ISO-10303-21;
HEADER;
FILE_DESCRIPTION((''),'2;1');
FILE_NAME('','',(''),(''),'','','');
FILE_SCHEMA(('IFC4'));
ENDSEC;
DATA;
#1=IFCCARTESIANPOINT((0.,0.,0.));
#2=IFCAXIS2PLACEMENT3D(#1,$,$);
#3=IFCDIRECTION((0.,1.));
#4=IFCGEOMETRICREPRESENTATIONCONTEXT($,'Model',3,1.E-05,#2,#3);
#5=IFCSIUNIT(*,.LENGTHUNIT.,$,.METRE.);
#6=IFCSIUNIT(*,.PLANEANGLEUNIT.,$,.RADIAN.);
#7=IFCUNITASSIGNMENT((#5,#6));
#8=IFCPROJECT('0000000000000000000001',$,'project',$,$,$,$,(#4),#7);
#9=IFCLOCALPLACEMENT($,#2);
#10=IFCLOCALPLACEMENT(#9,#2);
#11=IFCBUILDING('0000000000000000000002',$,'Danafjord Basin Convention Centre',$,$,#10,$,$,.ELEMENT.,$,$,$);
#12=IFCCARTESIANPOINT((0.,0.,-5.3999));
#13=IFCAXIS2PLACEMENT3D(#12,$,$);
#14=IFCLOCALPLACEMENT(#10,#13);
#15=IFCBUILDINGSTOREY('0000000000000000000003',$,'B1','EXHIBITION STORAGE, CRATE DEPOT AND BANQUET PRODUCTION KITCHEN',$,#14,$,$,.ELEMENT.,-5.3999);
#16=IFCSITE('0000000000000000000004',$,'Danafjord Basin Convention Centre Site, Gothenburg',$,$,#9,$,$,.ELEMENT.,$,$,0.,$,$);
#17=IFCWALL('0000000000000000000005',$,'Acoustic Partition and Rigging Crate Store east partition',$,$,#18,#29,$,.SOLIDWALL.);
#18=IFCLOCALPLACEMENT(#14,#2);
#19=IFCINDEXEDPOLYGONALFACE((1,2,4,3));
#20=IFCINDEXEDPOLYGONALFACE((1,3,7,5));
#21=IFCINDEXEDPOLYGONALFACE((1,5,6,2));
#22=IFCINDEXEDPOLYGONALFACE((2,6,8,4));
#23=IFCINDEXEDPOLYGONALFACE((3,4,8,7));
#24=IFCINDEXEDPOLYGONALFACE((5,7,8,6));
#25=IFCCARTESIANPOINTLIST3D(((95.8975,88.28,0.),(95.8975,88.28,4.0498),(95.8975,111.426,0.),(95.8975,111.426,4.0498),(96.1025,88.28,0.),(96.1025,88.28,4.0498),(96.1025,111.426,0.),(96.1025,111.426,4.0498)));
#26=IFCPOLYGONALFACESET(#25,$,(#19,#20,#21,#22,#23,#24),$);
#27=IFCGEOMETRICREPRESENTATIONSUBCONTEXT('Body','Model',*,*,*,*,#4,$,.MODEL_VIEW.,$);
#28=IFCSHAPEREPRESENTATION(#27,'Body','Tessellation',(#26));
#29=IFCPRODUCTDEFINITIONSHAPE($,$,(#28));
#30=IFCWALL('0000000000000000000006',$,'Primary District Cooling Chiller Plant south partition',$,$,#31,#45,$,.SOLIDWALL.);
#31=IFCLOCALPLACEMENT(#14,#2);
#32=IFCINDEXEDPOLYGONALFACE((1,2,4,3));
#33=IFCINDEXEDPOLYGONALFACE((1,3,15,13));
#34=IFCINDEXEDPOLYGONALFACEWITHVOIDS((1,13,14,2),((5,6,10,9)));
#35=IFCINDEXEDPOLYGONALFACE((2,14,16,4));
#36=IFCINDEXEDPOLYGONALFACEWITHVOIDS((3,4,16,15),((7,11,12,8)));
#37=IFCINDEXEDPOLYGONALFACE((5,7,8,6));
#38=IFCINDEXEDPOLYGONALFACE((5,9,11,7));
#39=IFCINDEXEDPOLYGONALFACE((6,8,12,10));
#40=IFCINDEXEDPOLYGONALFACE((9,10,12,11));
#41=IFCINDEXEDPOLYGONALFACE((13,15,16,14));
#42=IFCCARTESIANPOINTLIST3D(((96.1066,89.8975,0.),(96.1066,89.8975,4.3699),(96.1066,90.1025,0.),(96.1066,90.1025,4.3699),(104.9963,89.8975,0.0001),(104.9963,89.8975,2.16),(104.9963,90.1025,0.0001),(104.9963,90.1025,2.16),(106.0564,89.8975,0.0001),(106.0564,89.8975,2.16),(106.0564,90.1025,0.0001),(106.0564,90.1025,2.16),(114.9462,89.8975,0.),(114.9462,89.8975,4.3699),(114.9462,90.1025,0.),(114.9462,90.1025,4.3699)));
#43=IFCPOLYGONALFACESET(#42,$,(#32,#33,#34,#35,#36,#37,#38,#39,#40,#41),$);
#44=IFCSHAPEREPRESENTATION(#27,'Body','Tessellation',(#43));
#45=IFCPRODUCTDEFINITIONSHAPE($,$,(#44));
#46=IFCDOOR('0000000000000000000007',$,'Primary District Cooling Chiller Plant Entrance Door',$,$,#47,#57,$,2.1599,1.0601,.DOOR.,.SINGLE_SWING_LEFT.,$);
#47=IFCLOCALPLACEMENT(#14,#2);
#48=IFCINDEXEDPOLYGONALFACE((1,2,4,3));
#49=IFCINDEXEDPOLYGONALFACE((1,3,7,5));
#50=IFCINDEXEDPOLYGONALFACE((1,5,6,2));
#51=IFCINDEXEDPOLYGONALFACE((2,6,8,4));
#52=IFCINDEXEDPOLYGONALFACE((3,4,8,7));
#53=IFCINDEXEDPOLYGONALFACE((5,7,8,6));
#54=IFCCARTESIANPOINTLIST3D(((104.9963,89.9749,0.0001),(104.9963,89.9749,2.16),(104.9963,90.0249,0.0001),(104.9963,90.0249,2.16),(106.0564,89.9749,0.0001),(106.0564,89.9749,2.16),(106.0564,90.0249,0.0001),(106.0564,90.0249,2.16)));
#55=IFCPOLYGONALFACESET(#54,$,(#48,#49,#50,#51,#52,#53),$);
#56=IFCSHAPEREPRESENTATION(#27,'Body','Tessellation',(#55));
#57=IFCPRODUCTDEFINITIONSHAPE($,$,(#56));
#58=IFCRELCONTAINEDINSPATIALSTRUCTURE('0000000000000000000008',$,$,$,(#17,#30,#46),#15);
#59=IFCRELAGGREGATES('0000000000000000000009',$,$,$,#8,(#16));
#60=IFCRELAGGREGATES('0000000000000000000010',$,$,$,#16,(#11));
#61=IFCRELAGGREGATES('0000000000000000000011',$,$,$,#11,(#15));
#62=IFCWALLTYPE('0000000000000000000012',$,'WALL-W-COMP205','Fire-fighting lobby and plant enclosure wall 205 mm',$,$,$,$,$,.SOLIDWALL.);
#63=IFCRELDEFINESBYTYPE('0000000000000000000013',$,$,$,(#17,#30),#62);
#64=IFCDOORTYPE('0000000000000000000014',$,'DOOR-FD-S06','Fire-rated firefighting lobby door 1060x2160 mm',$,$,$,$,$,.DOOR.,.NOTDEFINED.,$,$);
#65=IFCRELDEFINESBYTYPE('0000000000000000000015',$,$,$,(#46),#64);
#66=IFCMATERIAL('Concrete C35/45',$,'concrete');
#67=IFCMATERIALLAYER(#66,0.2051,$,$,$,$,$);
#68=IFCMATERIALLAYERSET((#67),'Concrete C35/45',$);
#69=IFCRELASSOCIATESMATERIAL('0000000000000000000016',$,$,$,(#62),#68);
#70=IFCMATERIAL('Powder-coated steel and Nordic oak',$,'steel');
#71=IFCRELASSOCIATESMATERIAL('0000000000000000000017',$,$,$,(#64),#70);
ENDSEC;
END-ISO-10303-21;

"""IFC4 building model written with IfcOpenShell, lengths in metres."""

from ifc_helpers import new_model, si_unit, direction, frame, frame_2d, origin, place, context, subcontext, project, spatial, rectangle, extrude, material, layer, layer_set, type_object, element, fill, save


model = new_model("IFC4")

# Units and contexts
model_context = context("Model", 3, precision=1e-05, world=origin(), true_north=direction((0.0, 1.0)))
body_context = subcontext(model_context, "Body", "Model", "MODEL_VIEW")
ifc_project = project(units=[si_unit("LENGTHUNIT", "METRE"), si_unit("PLANEANGLEUNIT", "RADIAN")], contexts=[model_context])

# Site, building, storey
site_placement = place(None, origin())
site = spatial("IfcSite", under=ifc_project, at=site_placement, Name="Danafjord Basin Convention Centre Site, Gothenburg", CompositionType="ELEMENT", RefElevation=0.0)
building_placement = place(site_placement, origin())
building = spatial("IfcBuilding", under=site, at=building_placement, Name="Danafjord Basin Convention Centre", CompositionType="ELEMENT")
storey_placement = place(building_placement, frame((0.0, 0.0, -5.3999)))
storey = spatial("IfcBuildingStorey", under=building, at=storey_placement, Name="B1", Description="EXHIBITION STORAGE, CRATE DEPOT AND BANQUET PRODUCTION KITCHEN", CompositionType="ELEMENT", Elevation=-5.3999)

# Shared definitions
ifc_material_1 = material(Name="Concrete C35/45", Category="concrete")

# Wall
ifc_layer_1 = layer(ifc_material_1, 0.2051)
ifc_layer_set_1 = layer_set([ifc_layer_1], Name="Concrete C35/45")
wall_type = type_object("IfcWallType", Name="WALL-W-COMP205", Description="Fire-fighting lobby and plant enclosure wall 205 mm", PredefinedType="SOLIDWALL", material=ifc_layer_set_1)
wall_1_placement = place(storey_placement, frame((96.0, 88.28, 0.0), z_axis=(0.0, 0.0, 1.0), x_axis=(0.0, 1.0, 0.0)))
element("IfcWall", 1, at=wall_1_placement, inside=storey, type_object=wall_type, Name="Acoustic Partition and Rigging Crate Store east partition", PredefinedType="SOLIDWALL", context=body_context, shape_type="SweptSolid", body=[
    extrude(rectangle(XDim=23.146, YDim=0.2051, at=frame_2d((11.573, 0.0))), origin(), (0.0, 0.0, 1.0), 4.0498),
])

# Wall, opening, door
wall_2_placement = place(storey_placement, frame((96.1064, 90.0, 0.0), z_axis=(0.0, 0.0, 1.0), x_axis=(1.0, 0.0, 0.0)))
wall_2 = element("IfcWall", 2, at=wall_2_placement, inside=storey, type_object=wall_type, Name="Primary District Cooling Chiller Plant south partition", PredefinedType="SOLIDWALL", context=body_context, shape_type="SweptSolid", body=[
    extrude(rectangle(XDim=18.8396, YDim=0.2051, at=frame_2d((9.4199, 0.0))), origin(), (0.0, 0.0, 1.0), 4.3699),
])
opening_placement = place(wall_2_placement, frame((8.8899, 0.0, 0.0)))
opening = element("IfcOpeningElement", 3, at=opening_placement, cuts=wall_2, PredefinedType="OPENING", context=body_context, shape_type="SweptSolid", body=[
    extrude(rectangle(XDim=1.0601, YDim=2.1599, at=frame_2d((0.53, 1.0801))), frame((0.0, 0.1125, 0.0), z_axis=(0.0, -1.0, 0.0), x_axis=(1.0, 0.0, 0.0)), (0.0, 0.0, 1.0), 0.2251),
])
ifc_material_2 = material(Name="Powder-coated steel and Nordic oak", Category="steel")
door_type = type_object("IfcDoorType", Name="DOOR-FD-S06", Description="Fire-rated firefighting lobby door 1060x2160 mm", OperationType="NOTDEFINED", PredefinedType="DOOR", material=ifc_material_2)
door_placement = place(opening_placement, origin())
door = element("IfcDoor", 4, at=door_placement, inside=storey, type_object=door_type, Name="Primary District Cooling Chiller Plant Entrance Door", OperationType="SINGLE_SWING_LEFT", OverallHeight=2.1599, OverallWidth=1.0601, PredefinedType="DOOR", context=body_context, shape_type="SweptSolid", body=[
    extrude(rectangle(XDim=1.0601, YDim=2.1599, at=frame_2d((0.53, 1.0801))), frame((0.0, 0.0249, 0.0), z_axis=(0.0, -1.0, 0.0), x_axis=(1.0, 0.0, 0.0)), (0.0, 0.0, 1.0), 0.05),
])
fill(opening, door)

save(model, "model.ifc")
